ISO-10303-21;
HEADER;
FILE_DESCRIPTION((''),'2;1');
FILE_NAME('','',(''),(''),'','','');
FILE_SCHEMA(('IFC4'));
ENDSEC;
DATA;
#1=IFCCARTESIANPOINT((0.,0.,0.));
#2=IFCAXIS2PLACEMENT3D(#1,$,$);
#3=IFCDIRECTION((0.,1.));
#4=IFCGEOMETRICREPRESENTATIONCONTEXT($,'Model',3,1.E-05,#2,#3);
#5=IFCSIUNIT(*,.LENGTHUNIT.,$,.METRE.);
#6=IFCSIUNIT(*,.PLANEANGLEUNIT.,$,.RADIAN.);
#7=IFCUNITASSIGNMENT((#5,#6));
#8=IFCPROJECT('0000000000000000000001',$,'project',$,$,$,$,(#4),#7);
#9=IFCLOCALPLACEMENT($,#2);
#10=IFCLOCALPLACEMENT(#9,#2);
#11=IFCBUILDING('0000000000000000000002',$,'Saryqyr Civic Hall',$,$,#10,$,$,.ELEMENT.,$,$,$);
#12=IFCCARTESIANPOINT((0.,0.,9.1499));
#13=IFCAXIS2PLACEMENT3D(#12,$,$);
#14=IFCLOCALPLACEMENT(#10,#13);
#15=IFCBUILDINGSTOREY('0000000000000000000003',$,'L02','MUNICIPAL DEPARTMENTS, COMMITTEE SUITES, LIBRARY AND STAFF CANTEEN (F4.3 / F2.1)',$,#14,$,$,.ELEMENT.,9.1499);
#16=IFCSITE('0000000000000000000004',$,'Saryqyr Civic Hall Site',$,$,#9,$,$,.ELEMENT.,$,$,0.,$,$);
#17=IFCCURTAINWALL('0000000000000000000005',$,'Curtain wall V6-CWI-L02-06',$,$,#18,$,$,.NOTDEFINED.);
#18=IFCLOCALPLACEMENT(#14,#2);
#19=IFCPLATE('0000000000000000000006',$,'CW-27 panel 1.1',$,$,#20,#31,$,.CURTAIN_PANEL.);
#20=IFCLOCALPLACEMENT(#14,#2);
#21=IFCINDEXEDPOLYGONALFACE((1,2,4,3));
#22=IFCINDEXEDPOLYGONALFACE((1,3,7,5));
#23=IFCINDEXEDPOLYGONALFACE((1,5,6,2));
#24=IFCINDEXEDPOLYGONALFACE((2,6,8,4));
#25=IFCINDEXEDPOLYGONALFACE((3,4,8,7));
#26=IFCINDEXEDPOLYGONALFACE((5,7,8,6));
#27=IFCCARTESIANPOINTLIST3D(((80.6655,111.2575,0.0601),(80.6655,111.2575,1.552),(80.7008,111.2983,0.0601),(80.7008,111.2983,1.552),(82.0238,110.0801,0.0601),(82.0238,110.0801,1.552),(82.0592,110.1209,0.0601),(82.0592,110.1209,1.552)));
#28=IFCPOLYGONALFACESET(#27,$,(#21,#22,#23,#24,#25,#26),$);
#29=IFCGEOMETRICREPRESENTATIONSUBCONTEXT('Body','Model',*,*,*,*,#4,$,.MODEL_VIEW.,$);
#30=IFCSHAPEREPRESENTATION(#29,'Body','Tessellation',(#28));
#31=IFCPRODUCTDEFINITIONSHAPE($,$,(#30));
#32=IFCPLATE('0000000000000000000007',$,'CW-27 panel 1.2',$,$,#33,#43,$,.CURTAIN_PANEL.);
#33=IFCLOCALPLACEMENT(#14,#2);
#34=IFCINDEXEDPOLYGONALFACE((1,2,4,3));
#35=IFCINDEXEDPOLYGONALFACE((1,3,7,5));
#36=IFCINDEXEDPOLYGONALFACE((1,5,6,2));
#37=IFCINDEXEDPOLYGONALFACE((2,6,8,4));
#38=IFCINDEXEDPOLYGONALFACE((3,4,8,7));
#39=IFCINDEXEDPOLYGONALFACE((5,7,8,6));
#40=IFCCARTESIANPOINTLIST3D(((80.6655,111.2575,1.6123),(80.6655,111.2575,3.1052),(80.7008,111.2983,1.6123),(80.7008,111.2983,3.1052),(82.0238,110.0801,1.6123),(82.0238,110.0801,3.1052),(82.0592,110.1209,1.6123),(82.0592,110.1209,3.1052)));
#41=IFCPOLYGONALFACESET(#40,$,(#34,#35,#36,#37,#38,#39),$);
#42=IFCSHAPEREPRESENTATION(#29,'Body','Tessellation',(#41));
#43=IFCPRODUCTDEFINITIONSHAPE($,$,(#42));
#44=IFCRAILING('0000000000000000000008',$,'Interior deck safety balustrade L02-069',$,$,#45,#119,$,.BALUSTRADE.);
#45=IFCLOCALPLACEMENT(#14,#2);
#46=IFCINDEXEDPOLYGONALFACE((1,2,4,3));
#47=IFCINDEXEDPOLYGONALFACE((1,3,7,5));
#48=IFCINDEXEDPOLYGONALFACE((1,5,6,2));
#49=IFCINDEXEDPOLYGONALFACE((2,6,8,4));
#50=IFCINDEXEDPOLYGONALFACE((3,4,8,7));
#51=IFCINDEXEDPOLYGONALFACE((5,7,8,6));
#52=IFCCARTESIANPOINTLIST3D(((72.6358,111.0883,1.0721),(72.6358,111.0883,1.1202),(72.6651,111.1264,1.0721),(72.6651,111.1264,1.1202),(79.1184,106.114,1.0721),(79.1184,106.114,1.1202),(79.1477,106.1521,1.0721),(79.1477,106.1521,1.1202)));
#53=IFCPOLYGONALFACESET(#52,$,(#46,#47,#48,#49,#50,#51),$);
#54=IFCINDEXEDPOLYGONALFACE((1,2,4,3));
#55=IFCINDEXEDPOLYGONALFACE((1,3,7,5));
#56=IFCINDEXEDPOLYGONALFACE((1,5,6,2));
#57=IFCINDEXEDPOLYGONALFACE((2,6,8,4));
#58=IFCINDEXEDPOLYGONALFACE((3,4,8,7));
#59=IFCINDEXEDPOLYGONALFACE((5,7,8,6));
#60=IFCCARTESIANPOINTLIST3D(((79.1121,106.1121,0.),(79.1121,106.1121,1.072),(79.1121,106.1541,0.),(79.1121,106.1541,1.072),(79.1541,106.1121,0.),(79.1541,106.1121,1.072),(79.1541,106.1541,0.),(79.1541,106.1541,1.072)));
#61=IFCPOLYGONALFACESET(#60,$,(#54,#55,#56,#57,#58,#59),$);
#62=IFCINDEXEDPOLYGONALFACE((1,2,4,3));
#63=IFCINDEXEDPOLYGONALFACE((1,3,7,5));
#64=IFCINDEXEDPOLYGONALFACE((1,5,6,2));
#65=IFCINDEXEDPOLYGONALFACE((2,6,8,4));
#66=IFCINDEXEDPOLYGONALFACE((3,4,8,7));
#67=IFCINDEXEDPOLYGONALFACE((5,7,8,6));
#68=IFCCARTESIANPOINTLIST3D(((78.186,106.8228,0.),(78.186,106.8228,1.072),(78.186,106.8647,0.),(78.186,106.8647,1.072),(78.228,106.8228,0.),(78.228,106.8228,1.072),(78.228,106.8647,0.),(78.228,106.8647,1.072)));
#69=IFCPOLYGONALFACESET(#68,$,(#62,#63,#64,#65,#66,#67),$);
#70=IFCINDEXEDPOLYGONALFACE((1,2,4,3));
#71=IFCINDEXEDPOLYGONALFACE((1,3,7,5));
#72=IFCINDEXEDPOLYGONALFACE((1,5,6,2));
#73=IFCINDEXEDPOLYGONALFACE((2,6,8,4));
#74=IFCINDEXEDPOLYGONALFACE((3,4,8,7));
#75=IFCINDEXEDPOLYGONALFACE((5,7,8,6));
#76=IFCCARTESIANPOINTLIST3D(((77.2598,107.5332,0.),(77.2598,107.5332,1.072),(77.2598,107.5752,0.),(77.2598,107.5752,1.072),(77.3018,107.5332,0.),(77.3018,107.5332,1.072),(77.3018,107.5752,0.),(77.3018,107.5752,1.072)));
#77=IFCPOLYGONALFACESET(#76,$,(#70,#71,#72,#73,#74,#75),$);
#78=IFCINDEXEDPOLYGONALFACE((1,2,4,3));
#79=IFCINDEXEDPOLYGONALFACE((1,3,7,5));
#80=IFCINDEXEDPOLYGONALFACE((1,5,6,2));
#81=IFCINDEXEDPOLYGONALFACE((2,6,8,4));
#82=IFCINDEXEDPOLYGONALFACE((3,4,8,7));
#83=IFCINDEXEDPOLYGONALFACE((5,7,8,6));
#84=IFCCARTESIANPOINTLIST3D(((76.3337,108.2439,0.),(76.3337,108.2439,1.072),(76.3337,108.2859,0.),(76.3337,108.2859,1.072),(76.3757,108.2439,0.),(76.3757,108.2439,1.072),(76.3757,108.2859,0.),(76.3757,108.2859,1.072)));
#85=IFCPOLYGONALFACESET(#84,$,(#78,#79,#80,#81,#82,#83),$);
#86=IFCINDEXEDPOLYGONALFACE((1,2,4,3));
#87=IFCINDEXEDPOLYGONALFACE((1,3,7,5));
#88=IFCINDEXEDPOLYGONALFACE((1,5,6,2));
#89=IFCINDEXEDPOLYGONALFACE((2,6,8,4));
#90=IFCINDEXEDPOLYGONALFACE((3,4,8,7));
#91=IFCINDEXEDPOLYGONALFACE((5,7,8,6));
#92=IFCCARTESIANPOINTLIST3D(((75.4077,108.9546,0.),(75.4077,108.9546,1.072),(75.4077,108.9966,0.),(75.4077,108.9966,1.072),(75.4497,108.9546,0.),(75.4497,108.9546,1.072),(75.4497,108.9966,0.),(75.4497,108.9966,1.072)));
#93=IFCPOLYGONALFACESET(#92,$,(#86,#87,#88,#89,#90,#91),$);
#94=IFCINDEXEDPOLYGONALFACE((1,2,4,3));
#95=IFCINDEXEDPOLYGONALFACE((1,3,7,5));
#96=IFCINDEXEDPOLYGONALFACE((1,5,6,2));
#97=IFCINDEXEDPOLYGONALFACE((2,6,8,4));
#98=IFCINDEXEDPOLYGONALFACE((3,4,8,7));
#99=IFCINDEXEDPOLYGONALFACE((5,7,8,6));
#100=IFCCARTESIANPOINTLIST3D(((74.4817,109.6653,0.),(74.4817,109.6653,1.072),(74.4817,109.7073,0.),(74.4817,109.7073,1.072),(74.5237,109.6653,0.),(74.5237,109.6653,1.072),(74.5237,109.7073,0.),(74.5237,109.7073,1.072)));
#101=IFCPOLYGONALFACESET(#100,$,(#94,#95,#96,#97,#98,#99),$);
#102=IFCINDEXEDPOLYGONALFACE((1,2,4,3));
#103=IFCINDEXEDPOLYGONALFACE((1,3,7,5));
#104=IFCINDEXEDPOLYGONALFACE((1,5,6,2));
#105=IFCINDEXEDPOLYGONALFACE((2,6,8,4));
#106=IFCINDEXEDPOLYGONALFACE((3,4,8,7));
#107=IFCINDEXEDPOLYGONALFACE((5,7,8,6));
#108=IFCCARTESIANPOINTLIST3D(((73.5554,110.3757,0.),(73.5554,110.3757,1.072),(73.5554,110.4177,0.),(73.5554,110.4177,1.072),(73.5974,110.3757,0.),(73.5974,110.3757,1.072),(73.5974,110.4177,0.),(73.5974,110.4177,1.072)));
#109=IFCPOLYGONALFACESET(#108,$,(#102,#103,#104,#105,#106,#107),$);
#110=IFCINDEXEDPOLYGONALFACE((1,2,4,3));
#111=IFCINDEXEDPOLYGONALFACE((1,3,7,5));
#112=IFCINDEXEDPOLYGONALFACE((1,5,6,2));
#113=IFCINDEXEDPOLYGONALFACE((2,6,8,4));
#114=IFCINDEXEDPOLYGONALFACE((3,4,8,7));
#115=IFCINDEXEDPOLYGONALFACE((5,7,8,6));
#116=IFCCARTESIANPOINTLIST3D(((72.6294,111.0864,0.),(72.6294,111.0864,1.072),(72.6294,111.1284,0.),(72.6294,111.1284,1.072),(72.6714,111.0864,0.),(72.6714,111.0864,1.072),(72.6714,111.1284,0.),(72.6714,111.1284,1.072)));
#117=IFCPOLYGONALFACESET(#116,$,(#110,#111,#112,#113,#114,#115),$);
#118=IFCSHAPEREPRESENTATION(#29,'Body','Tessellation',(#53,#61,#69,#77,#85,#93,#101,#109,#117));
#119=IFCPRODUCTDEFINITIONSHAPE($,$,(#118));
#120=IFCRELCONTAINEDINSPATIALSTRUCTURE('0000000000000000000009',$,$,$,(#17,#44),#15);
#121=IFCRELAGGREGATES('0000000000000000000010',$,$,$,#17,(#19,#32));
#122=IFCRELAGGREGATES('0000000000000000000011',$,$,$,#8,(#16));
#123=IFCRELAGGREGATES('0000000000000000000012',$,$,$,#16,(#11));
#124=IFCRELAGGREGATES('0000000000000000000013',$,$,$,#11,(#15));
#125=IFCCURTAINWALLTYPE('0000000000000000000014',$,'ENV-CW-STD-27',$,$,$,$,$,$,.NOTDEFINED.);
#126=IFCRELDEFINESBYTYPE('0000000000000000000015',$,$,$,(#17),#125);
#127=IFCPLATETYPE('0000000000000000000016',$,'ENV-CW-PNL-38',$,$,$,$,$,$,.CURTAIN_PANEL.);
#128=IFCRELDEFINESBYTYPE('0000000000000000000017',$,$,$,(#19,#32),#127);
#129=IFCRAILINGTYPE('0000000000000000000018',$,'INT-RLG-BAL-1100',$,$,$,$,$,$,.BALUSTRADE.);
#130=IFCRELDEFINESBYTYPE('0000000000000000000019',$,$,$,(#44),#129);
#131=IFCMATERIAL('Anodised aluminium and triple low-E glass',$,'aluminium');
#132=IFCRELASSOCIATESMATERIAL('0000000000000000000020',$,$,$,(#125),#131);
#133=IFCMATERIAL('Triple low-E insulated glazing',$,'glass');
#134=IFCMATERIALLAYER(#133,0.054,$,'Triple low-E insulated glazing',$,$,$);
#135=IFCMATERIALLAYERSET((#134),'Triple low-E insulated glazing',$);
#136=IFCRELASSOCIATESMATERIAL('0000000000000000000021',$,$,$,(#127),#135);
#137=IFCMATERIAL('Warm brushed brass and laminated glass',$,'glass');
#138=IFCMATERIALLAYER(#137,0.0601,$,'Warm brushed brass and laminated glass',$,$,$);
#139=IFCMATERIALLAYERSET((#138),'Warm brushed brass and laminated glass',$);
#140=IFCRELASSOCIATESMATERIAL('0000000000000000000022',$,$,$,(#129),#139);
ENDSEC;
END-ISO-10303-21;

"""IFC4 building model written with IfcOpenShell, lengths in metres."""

from ifc_helpers import new_model, si_unit, direction, frame, origin, origin_2d, place, context, subcontext, project, spatial, rectangle, extrude, material, layer, layer_set, type_object, element, aggregate, save


model = new_model("IFC4")

# Units and contexts
model_context = context("Model", 3, precision=1e-05, world=origin(), true_north=direction((0.0, 1.0)))
body_context = subcontext(model_context, "Body", "Model", "MODEL_VIEW")
ifc_project = project(units=[si_unit("LENGTHUNIT", "METRE"), si_unit("PLANEANGLEUNIT", "RADIAN")], contexts=[model_context])

# Site, building, storey
site_placement = place(None, origin())
site = spatial("IfcSite", under=ifc_project, at=site_placement, Name="Saryqyr Civic Hall Site", CompositionType="ELEMENT", RefElevation=0.0)
building_placement = place(site_placement, origin())
building = spatial("IfcBuilding", under=site, at=building_placement, Name="Saryqyr Civic Hall", CompositionType="ELEMENT")
storey_placement = place(building_placement, frame((0.0, 0.0, 9.1499)))
storey = spatial("IfcBuildingStorey", under=building, at=storey_placement, Name="L02", Description="MUNICIPAL DEPARTMENTS, COMMITTEE SUITES, LIBRARY AND STAFF CANTEEN (F4.3 / F2.1)", CompositionType="ELEMENT", Elevation=9.1499)

# Shared definitions
ifc_material_1 = material(Name="Anodised aluminium and triple low-E glass", Category="aluminium")

# Curtain wall
curtain_wall_type_1 = type_object("IfcCurtainWallType", Name="ENV-CW-STD-27", PredefinedType="NOTDEFINED", material=ifc_material_1)
curtain_wall_1_placement = place(storey_placement, origin())
curtain_wall_1 = element("IfcCurtainWall", 1, at=curtain_wall_1_placement, inside=storey, type_object=curtain_wall_type_1, Name="Curtain wall V6-CWI-L02-06", PredefinedType="NOTDEFINED")

# Plates
ifc_material_2 = material(Name="Triple low-E insulated glazing", Category="glass")
ifc_layer_1 = layer(ifc_material_2, 0.054, Name="Triple low-E insulated glazing")
ifc_layer_set_1 = layer_set([ifc_layer_1], Name="Triple low-E insulated glazing")
plate_type = type_object("IfcPlateType", Name="ENV-CW-PNL-38", PredefinedType="CURTAIN_PANEL", material=ifc_layer_set_1)
plate_1_placement = place(storey_placement, frame((81.3623, 110.6892, 0.0601), z_axis=(0.0, 0.0, 1.0), x_axis=(-0.755652, 0.654974, 0.0)))
plate_1 = element("IfcPlate", 2, at=plate_1_placement, type_object=plate_type, Name="CW-27 panel 1.1", PredefinedType="CURTAIN_PANEL", context=body_context, shape_type="SweptSolid", body=[
    extrude(rectangle(XDim=1.7976, YDim=0.054, at=origin_2d()), origin(), (0.0, 0.0, 1.0), 1.4919),
])
plate_2_placement = place(storey_placement, frame((81.3623, 110.6892, 1.6123), z_axis=(0.0, 0.0, 1.0), x_axis=(-0.755652, 0.654974, 0.0)))
plate_2 = element("IfcPlate", 3, at=plate_2_placement, type_object=plate_type, Name="CW-27 panel 1.2", PredefinedType="CURTAIN_PANEL", context=body_context, shape_type="SweptSolid", body=[
    extrude(rectangle(XDim=1.7976, YDim=0.054, at=origin_2d()), origin(), (0.0, 0.0, 1.0), 1.4929),
])
aggregate(curtain_wall_1, [plate_1, plate_2])

# Railing
ifc_material_3 = material(Name="Warm brushed brass and laminated glass", Category="glass")
ifc_layer_2 = layer(ifc_material_3, 0.0601, Name="Warm brushed brass and laminated glass")
ifc_layer_set_2 = layer_set([ifc_layer_2], Name="Warm brushed brass and laminated glass")
railing_type = type_object("IfcRailingType", Name="INT-RLG-BAL-1100", PredefinedType="BALUSTRADE", material=ifc_layer_set_2)
railing_placement = place(storey_placement, frame((79.1331, 106.1331, 0.0)))
element("IfcRailing", 4, at=railing_placement, inside=storey, type_object=railing_type, Name="Interior deck safety balustrade L02-069", PredefinedType="BALUSTRADE", context=body_context, shape_type="SweptSolid", body=[
    extrude(rectangle(XDim=0.0481, YDim=0.0481, at=origin_2d()), frame((0.0, 0.0, 1.0962), z_axis=(-0.793351, 0.608765, 0.0), x_axis=(-0.608765, -0.793351, 0.0)), (0.0, 0.0, 1.0), 8.1711),
    extrude(rectangle(XDim=0.042, YDim=0.042, at=origin_2d()), origin(), (0.0, 0.0, 1.0), 1.072),
    extrude(rectangle(XDim=0.042, YDim=0.042, at=origin_2d()), frame((-0.926, 0.7107, 0.0)), (0.0, 0.0, 1.0), 1.072),
    extrude(rectangle(XDim=0.042, YDim=0.042, at=origin_2d()), frame((-1.8523, 1.4211, 0.0)), (0.0, 0.0, 1.0), 1.072),
    extrude(rectangle(XDim=0.042, YDim=0.042, at=origin_2d()), frame((-2.7783, 2.1318, 0.0)), (0.0, 0.0, 1.0), 1.072),
    extrude(rectangle(XDim=0.042, YDim=0.042, at=origin_2d()), frame((-3.7043, 2.8425, 0.0)), (0.0, 0.0, 1.0), 1.072),
    extrude(rectangle(XDim=0.042, YDim=0.042, at=origin_2d()), frame((-4.6304, 3.5532, 0.0)), (0.0, 0.0, 1.0), 1.072),
    extrude(rectangle(XDim=0.042, YDim=0.042, at=origin_2d()), frame((-5.5566, 4.2637, 0.0)), (0.0, 0.0, 1.0), 1.072),
    extrude(rectangle(XDim=0.042, YDim=0.042, at=origin_2d()), frame((-6.4827, 4.9744, 0.0)), (0.0, 0.0, 1.0), 1.072),
])

save(model, "model.ifc")
